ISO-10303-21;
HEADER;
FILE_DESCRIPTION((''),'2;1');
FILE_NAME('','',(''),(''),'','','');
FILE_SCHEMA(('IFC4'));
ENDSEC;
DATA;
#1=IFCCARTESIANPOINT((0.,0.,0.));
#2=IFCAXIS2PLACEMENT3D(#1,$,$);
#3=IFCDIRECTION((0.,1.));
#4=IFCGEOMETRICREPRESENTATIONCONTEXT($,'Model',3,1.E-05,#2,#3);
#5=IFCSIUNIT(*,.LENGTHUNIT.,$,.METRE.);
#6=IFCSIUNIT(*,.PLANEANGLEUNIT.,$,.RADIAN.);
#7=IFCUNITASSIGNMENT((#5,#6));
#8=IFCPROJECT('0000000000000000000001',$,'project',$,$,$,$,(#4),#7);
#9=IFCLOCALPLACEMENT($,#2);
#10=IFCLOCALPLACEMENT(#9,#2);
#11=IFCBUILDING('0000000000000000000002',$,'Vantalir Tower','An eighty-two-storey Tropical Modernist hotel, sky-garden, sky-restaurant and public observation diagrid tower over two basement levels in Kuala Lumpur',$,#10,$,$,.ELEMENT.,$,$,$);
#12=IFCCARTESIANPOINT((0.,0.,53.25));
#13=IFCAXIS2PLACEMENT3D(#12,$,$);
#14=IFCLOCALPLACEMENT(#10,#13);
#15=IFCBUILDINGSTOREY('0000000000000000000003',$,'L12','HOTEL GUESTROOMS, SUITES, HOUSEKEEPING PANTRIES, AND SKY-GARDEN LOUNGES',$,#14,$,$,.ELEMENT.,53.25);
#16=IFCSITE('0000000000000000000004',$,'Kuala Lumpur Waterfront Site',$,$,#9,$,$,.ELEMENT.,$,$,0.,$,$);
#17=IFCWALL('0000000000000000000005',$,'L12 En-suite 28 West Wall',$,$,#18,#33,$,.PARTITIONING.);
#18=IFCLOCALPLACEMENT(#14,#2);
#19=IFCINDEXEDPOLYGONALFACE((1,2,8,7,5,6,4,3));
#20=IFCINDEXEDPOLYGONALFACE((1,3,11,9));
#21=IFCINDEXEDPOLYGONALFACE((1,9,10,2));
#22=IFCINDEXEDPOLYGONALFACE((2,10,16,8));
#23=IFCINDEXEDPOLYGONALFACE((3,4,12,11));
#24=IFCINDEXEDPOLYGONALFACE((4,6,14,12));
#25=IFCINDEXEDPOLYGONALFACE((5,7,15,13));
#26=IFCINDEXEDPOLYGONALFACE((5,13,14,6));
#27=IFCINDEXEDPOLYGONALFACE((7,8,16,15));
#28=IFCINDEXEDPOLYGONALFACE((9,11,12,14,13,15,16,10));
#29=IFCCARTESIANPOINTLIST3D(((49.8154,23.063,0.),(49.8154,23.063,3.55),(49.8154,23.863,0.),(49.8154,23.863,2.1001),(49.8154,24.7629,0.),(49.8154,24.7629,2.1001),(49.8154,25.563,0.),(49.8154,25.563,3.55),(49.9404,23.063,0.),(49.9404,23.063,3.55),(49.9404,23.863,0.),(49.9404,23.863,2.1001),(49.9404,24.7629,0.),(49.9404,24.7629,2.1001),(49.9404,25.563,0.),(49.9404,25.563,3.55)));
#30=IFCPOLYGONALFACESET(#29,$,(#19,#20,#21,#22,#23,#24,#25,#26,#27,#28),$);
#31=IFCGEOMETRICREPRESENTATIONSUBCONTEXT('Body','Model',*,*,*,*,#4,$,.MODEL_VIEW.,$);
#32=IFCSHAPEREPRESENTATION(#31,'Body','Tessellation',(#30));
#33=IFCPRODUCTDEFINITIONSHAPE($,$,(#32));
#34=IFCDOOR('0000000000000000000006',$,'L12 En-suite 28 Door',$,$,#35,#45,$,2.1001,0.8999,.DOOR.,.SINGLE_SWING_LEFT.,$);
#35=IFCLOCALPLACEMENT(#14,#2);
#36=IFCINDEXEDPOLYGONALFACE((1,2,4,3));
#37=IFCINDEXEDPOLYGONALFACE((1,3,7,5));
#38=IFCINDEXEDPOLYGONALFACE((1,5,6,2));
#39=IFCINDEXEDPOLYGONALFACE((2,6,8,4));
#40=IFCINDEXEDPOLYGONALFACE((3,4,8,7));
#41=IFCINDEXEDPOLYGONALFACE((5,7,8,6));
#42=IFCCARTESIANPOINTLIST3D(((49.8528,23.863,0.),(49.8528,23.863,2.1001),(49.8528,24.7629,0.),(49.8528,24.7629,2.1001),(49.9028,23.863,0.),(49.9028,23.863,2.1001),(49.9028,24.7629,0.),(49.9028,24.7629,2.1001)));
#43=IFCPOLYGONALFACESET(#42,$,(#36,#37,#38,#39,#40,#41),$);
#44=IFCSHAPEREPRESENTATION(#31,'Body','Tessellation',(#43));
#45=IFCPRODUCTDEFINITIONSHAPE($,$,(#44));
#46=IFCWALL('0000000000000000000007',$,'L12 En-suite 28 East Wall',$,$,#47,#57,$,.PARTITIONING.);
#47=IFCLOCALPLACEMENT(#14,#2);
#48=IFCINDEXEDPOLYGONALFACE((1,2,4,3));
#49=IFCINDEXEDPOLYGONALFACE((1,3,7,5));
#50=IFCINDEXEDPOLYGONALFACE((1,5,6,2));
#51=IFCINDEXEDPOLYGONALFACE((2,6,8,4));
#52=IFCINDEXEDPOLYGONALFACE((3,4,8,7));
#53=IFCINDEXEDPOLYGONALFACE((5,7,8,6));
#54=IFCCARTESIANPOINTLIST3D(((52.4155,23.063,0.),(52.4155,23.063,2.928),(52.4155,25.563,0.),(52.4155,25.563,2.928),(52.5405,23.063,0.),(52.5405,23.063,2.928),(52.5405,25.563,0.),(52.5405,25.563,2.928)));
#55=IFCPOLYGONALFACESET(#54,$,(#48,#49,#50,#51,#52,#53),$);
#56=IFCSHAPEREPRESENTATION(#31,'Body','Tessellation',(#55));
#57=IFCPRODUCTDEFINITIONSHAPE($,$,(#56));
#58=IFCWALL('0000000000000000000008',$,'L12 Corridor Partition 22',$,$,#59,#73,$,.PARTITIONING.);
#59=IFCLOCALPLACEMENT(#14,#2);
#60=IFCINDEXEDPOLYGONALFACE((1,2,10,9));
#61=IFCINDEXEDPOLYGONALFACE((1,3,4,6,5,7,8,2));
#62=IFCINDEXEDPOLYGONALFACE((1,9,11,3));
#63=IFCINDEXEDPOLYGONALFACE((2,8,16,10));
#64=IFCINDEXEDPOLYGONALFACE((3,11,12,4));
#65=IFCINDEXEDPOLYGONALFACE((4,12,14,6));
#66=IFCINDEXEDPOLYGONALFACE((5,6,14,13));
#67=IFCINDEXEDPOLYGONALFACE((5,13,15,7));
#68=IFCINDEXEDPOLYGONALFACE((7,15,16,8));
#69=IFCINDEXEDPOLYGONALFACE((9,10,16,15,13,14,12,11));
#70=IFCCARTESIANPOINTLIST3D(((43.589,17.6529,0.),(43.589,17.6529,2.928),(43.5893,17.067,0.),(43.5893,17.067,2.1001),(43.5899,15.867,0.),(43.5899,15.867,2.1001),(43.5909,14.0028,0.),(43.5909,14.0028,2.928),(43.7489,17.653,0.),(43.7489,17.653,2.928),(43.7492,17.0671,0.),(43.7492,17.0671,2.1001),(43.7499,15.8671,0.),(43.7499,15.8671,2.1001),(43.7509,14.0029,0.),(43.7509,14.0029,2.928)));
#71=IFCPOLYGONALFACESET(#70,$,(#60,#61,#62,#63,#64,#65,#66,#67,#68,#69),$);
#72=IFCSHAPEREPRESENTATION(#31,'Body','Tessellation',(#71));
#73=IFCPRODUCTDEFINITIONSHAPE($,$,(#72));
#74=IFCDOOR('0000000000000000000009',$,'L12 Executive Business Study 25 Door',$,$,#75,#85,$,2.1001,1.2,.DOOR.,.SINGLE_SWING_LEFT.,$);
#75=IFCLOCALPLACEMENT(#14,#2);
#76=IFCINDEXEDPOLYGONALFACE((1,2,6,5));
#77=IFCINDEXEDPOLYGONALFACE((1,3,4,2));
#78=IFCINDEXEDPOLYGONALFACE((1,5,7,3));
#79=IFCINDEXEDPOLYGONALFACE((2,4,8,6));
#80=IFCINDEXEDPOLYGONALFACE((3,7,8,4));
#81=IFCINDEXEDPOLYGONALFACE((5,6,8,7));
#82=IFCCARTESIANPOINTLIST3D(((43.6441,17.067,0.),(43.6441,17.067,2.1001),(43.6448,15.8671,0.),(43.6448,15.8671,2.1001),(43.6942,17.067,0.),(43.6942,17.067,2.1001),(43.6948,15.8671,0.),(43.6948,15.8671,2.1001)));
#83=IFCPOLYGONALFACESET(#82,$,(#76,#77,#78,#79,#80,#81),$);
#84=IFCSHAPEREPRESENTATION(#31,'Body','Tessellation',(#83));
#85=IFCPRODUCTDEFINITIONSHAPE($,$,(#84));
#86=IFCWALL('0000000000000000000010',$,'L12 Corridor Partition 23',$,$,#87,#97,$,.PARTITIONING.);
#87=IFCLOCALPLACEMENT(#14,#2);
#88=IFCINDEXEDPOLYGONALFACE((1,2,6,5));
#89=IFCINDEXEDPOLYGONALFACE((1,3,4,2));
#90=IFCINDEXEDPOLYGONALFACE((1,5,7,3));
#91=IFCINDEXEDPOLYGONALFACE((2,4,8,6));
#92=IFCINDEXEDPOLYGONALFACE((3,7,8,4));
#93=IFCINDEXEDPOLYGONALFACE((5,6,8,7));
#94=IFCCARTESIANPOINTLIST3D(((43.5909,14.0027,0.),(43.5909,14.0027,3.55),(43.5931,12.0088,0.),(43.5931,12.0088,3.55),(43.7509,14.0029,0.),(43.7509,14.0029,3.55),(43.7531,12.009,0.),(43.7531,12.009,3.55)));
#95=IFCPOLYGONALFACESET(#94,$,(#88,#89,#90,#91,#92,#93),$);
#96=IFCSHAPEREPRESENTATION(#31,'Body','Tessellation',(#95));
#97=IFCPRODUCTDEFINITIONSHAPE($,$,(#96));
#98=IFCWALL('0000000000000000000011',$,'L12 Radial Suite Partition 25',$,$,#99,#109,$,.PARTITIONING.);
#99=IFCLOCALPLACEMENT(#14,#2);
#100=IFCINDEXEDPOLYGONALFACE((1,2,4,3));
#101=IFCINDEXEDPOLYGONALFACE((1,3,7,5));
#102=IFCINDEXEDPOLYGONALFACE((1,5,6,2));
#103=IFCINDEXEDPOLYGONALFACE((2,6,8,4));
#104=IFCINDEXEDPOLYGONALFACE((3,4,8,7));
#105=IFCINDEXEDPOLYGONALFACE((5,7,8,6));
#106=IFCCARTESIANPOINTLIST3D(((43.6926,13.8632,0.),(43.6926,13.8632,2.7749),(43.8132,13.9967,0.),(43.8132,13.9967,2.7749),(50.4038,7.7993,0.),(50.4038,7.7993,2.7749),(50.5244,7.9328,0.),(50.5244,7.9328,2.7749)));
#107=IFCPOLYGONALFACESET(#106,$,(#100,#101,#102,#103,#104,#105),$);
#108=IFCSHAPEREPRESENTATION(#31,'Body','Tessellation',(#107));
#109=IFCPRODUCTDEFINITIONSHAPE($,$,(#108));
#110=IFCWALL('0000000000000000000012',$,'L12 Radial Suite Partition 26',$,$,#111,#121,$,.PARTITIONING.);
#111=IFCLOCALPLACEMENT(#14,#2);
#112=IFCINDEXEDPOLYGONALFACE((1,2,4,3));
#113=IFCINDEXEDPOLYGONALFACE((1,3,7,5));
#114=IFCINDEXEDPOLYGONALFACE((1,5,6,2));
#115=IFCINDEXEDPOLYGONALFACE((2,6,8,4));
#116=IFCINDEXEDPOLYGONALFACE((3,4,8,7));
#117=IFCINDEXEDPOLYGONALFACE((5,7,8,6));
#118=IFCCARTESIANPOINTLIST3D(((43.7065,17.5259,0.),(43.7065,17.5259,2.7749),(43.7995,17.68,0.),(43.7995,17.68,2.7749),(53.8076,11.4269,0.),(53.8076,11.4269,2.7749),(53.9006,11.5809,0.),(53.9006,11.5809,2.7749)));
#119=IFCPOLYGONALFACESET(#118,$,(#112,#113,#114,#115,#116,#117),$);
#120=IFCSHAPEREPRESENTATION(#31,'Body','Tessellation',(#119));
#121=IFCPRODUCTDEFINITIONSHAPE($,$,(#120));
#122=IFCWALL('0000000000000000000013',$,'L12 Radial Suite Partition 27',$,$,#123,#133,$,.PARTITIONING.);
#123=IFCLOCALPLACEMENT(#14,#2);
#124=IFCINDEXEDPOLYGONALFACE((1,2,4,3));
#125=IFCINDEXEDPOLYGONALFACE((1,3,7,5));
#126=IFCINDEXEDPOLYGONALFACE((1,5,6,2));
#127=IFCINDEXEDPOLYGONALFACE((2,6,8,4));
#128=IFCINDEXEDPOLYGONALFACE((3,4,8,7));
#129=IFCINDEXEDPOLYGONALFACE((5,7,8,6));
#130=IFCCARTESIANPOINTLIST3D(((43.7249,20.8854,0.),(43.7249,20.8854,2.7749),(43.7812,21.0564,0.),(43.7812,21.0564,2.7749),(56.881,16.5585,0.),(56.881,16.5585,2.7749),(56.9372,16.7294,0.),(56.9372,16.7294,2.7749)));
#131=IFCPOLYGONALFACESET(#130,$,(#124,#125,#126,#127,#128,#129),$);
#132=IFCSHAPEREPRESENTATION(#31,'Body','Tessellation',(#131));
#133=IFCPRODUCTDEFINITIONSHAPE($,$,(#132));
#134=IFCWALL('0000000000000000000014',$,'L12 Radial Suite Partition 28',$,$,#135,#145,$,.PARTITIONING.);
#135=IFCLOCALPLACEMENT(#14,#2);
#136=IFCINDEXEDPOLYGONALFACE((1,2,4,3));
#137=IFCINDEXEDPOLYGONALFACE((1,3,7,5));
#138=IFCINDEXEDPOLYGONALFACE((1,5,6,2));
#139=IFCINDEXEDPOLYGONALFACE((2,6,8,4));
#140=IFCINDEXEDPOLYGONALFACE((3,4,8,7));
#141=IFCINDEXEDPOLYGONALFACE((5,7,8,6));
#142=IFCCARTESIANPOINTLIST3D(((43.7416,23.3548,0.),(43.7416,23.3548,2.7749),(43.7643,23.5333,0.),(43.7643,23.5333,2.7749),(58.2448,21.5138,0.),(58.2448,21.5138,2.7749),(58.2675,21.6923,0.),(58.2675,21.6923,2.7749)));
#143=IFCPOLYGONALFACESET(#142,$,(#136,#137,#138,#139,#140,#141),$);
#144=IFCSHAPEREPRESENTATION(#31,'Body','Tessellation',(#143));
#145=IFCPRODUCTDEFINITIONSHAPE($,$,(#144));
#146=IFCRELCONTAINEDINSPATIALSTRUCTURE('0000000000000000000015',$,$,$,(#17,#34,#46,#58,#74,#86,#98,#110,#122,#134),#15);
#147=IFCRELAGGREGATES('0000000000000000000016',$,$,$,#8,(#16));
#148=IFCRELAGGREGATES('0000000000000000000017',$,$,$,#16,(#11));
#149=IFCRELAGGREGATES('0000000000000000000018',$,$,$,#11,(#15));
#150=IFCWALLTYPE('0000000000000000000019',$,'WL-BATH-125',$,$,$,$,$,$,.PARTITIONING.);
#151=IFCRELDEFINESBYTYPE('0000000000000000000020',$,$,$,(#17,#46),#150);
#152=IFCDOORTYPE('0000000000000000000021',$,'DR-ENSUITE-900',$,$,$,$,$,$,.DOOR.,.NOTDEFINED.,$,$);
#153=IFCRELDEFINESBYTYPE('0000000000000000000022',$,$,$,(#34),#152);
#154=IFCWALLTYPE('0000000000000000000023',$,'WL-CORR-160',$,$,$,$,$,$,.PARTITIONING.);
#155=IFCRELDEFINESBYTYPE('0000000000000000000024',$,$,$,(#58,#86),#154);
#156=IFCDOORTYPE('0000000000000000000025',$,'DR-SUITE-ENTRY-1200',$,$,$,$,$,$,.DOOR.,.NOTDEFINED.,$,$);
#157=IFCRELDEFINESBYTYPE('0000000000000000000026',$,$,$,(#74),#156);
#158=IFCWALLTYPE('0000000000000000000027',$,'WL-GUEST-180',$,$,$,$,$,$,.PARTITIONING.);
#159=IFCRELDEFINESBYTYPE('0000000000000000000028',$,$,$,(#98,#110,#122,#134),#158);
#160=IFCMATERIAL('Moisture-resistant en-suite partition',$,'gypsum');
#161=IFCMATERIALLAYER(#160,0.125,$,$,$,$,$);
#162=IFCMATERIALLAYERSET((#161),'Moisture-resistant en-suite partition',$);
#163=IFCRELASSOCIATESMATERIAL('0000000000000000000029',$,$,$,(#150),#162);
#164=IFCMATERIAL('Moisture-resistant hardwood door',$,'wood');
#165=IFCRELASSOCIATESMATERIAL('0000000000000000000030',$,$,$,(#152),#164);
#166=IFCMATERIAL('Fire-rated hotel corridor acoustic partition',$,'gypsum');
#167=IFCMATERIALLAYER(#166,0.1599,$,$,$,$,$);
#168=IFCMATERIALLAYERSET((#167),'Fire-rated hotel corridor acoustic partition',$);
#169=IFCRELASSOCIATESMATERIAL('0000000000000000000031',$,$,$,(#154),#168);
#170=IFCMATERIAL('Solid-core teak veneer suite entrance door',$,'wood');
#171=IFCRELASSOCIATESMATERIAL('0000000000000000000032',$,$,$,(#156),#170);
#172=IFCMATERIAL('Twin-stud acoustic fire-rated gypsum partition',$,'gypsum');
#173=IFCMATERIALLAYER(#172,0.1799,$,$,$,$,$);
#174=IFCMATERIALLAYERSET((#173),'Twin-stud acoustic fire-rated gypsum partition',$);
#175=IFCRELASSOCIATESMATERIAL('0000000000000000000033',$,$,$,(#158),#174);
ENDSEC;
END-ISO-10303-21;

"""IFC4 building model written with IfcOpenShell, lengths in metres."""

from ifc_helpers import new_model, si_unit, direction, frame, frame_2d, origin, place, context, subcontext, project, spatial, rectangle, extrude, material, layer, layer_set, type_object, element, fill, save


model = new_model("IFC4")

# Units and contexts
model_context = context("Model", 3, precision=1e-05, world=origin(), true_north=direction((0.0, 1.0)))
body_context = subcontext(model_context, "Body", "Model", "MODEL_VIEW")
ifc_project = project(units=[si_unit("LENGTHUNIT", "METRE"), si_unit("PLANEANGLEUNIT", "RADIAN")], contexts=[model_context])

# Site, building, storey
site_placement = place(None, origin())
site = spatial("IfcSite", under=ifc_project, at=site_placement, Name="Kuala Lumpur Waterfront Site", CompositionType="ELEMENT", RefElevation=0.0)
building_placement = place(site_placement, origin())
building = spatial("IfcBuilding", under=site, at=building_placement, Name="Vantalir Tower", Description="An eighty-two-storey Tropical Modernist hotel, sky-garden, sky-restaurant and public observation diagrid tower over two basement levels in Kuala Lumpur", CompositionType="ELEMENT")
storey_placement = place(building_placement, frame((0.0, 0.0, 53.25)))
storey = spatial("IfcBuildingStorey", under=building, at=storey_placement, Name="L12", Description="HOTEL GUESTROOMS, SUITES, HOUSEKEEPING PANTRIES, AND SKY-GARDEN LOUNGES", CompositionType="ELEMENT", Elevation=53.25)

# Shared definitions
ifc_material_1 = material(Name="Moisture-resistant en-suite partition", Category="gypsum")
ifc_layer_1 = layer(ifc_material_1, 0.125)
ifc_layer_set_1 = layer_set([ifc_layer_1], Name="Moisture-resistant en-suite partition")
wall_type_1 = type_object("IfcWallType", Name="WL-BATH-125", PredefinedType="PARTITIONING", material=ifc_layer_set_1)

# Shared definitions
ifc_material_2 = material(Name="Moisture-resistant hardwood door", Category="wood")
door_type_1 = type_object("IfcDoorType", Name="DR-ENSUITE-900", OperationType="NOTDEFINED", PredefinedType="DOOR", material=ifc_material_2)

# Wall, opening, door
wall_1_placement = place(storey_placement, frame((49.8779, 23.063, 0.0), z_axis=(0.0, 0.0, 1.0), x_axis=(0.0, 1.0, 0.0)))
wall_1 = element("IfcWall", 1, at=wall_1_placement, inside=storey, type_object=wall_type_1, Name="L12 En-suite 28 West Wall", PredefinedType="PARTITIONING", context=body_context, shape_type="SweptSolid", body=[
    extrude(rectangle(XDim=2.5, YDim=0.125, at=frame_2d((1.25, 0.0))), origin(), (0.0, 0.0, 1.0), 3.55),
])
opening_1_placement = place(wall_1_placement, frame((0.8, 0.0, 0.0)))
opening_1 = element("IfcOpeningElement", 2, at=opening_1_placement, cuts=wall_1, PredefinedType="OPENING", context=body_context, shape_type="SweptSolid", body=[
    extrude(rectangle(XDim=0.8999, YDim=2.1001, at=frame_2d((0.45, 1.05))), frame((0.0, 0.0725, 0.0), z_axis=(0.0, -1.0, 0.0), x_axis=(1.0, 0.0, 0.0)), (0.0, 0.0, 1.0), 0.145),
])
door_1_placement = place(opening_1_placement, frame((0.8999, 0.0, 0.0), z_axis=(0.0, 0.0, 1.0), x_axis=(-1.0, 0.0, 0.0)))
door_1 = element("IfcDoor", 3, at=door_1_placement, inside=storey, type_object=door_type_1, Name="L12 En-suite 28 Door", OperationType="SINGLE_SWING_LEFT", OverallHeight=2.1001, OverallWidth=0.8999, PredefinedType="DOOR", context=body_context, shape_type="SweptSolid", body=[
    extrude(rectangle(XDim=0.8999, YDim=2.1001, at=frame_2d((0.45, 1.05))), frame((0.0, 0.0249, 0.0), z_axis=(0.0, -1.0, 0.0), x_axis=(1.0, 0.0, 0.0)), (0.0, 0.0, 1.0), 0.05),
])
fill(opening_1, door_1)

# Wall
wall_2_placement = place(storey_placement, frame((52.478, 23.063, 0.0), z_axis=(0.0, 0.0, 1.0), x_axis=(0.0, 1.0, 0.0)))
element("IfcWall", 4, at=wall_2_placement, inside=storey, type_object=wall_type_1, Name="L12 En-suite 28 East Wall", PredefinedType="PARTITIONING", context=body_context, shape_type="SweptSolid", body=[
    extrude(rectangle(XDim=2.5, YDim=0.125, at=frame_2d((1.25, 0.0))), origin(), (0.0, 0.0, 1.0), 2.928),
])

# Wall, opening, door
ifc_material_3 = material(Name="Fire-rated hotel corridor acoustic partition", Category="gypsum")
ifc_layer_2 = layer(ifc_material_3, 0.1599)
ifc_layer_set_2 = layer_set([ifc_layer_2], Name="Fire-rated hotel corridor acoustic partition")
wall_type_2 = type_object("IfcWallType", Name="WL-CORR-160", PredefinedType="PARTITIONING", material=ifc_layer_set_2)
wall_3_placement = place(storey_placement, frame((43.6689, 17.6531, 0.0), z_axis=(0.0, 0.0, 1.0), x_axis=(0.000535, -1.0, 0.0)))
wall_3 = element("IfcWall", 5, at=wall_3_placement, inside=storey, type_object=wall_type_2, Name="L12 Corridor Partition 22", PredefinedType="PARTITIONING", context=body_context, shape_type="SweptSolid", body=[
    extrude(rectangle(XDim=3.6501, YDim=0.1599, at=frame_2d((1.8252, 0.0))), origin(), (0.0, 0.0, 1.0), 2.928),
])
opening_2_placement = place(wall_3_placement, frame((0.5859, 0.0, 0.0)))
opening_2 = element("IfcOpeningElement", 6, at=opening_2_placement, cuts=wall_3, PredefinedType="OPENING", context=body_context, shape_type="SweptSolid", body=[
    extrude(rectangle(XDim=1.2, YDim=2.1001, at=frame_2d((0.6001, 1.05))), frame((0.0, 0.0898, 0.0), z_axis=(0.0, -1.0, 0.0), x_axis=(1.0, 0.0, 0.0)), (0.0, 0.0, 1.0), 0.1799),
])
ifc_material_4 = material(Name="Solid-core teak veneer suite entrance door", Category="wood")
door_type_2 = type_object("IfcDoorType", Name="DR-SUITE-ENTRY-1200", OperationType="NOTDEFINED", PredefinedType="DOOR", material=ifc_material_4)
door_2_placement = place(opening_2_placement, origin())
door_2 = element("IfcDoor", 7, at=door_2_placement, inside=storey, type_object=door_type_2, Name="L12 Executive Business Study 25 Door", OperationType="SINGLE_SWING_LEFT", OverallHeight=2.1001, OverallWidth=1.2, PredefinedType="DOOR", context=body_context, shape_type="SweptSolid", body=[
    extrude(rectangle(XDim=1.2, YDim=2.1001, at=frame_2d((0.6001, 1.05))), frame((0.0, 0.0249, 0.0), z_axis=(0.0, -1.0, 0.0), x_axis=(1.0, 0.0, 0.0)), (0.0, 0.0, 1.0), 0.05),
])
fill(opening_2, door_2)

# Walls
wall_4_placement = place(storey_placement, frame((43.6709, 14.0029, 0.0), z_axis=(0.0, 0.0, 1.0), x_axis=(0.001102, -0.999999, 0.0)))
element("IfcWall", 8, at=wall_4_placement, inside=storey, type_object=wall_type_2, Name="L12 Corridor Partition 23", PredefinedType="PARTITIONING", context=body_context, shape_type="SweptSolid", body=[
    extrude(rectangle(XDim=1.9939, YDim=0.1599, at=frame_2d((0.9971, 0.0))), origin(), (0.0, 0.0, 1.0), 3.55),
])
ifc_material_5 = material(Name="Twin-stud acoustic fire-rated gypsum partition", Category="gypsum")
ifc_layer_3 = layer(ifc_material_5, 0.1799)
ifc_layer_set_3 = layer_set([ifc_layer_3], Name="Twin-stud acoustic fire-rated gypsum partition")
wall_type_3 = type_object("IfcWallType", Name="WL-GUEST-180", PredefinedType="PARTITIONING", material=ifc_layer_set_3)
wall_5_placement = place(storey_placement, frame((43.7529, 13.9299, 0.0), z_axis=(0.0, 0.0, 1.0), x_axis=(0.741979, -0.670423, 0.0)))
element("IfcWall", 9, at=wall_5_placement, inside=storey, type_object=wall_type_3, Name="L12 Radial Suite Partition 25", PredefinedType="PARTITIONING", context=body_context, shape_type="SweptSolid", body=[
    extrude(rectangle(XDim=9.0449, YDim=0.1799, at=frame_2d((4.5225, 0.0))), origin(), (0.0, 0.0, 1.0), 2.7749),
])
wall_6_placement = place(storey_placement, frame((43.7529, 17.603, 0.0), z_axis=(0.0, 0.0, 1.0), x_axis=(0.856051, -0.516891, 0.0)))
element("IfcWall", 10, at=wall_6_placement, inside=storey, type_object=wall_type_3, Name="L12 Radial Suite Partition 26", PredefinedType="PARTITIONING", context=body_context, shape_type="SweptSolid", body=[
    extrude(rectangle(XDim=11.7996, YDim=0.1799, at=frame_2d((5.8999, 0.0))), origin(), (0.0, 0.0, 1.0), 2.7749),
])
wall_7_placement = place(storey_placement, frame((43.7529, 20.9709, 0.0), z_axis=(0.0, 0.0, 1.0), x_axis=(0.949941, -0.312428, 0.0)))
element("IfcWall", 11, at=wall_7_placement, inside=storey, type_object=wall_type_3, Name="L12 Radial Suite Partition 27", PredefinedType="PARTITIONING", context=body_context, shape_type="SweptSolid", body=[
    extrude(rectangle(XDim=13.8494, YDim=0.1799, at=frame_2d((6.9248, 0.0))), origin(), (0.0, 0.0, 1.0), 2.7749),
])
wall_8_placement = place(storey_placement, frame((43.7529, 23.4441, 0.0), z_axis=(0.0, 0.0, 1.0), x_axis=(0.992039, -0.125932, 0.0)))
element("IfcWall", 12, at=wall_8_placement, inside=storey, type_object=wall_type_3, Name="L12 Radial Suite Partition 28", PredefinedType="PARTITIONING", context=body_context, shape_type="SweptSolid", body=[
    extrude(rectangle(XDim=14.6196, YDim=0.1799, at=frame_2d((7.3098, 0.0))), origin(), (0.0, 0.0, 1.0), 2.7749),
])

save(model, "model.ifc")
